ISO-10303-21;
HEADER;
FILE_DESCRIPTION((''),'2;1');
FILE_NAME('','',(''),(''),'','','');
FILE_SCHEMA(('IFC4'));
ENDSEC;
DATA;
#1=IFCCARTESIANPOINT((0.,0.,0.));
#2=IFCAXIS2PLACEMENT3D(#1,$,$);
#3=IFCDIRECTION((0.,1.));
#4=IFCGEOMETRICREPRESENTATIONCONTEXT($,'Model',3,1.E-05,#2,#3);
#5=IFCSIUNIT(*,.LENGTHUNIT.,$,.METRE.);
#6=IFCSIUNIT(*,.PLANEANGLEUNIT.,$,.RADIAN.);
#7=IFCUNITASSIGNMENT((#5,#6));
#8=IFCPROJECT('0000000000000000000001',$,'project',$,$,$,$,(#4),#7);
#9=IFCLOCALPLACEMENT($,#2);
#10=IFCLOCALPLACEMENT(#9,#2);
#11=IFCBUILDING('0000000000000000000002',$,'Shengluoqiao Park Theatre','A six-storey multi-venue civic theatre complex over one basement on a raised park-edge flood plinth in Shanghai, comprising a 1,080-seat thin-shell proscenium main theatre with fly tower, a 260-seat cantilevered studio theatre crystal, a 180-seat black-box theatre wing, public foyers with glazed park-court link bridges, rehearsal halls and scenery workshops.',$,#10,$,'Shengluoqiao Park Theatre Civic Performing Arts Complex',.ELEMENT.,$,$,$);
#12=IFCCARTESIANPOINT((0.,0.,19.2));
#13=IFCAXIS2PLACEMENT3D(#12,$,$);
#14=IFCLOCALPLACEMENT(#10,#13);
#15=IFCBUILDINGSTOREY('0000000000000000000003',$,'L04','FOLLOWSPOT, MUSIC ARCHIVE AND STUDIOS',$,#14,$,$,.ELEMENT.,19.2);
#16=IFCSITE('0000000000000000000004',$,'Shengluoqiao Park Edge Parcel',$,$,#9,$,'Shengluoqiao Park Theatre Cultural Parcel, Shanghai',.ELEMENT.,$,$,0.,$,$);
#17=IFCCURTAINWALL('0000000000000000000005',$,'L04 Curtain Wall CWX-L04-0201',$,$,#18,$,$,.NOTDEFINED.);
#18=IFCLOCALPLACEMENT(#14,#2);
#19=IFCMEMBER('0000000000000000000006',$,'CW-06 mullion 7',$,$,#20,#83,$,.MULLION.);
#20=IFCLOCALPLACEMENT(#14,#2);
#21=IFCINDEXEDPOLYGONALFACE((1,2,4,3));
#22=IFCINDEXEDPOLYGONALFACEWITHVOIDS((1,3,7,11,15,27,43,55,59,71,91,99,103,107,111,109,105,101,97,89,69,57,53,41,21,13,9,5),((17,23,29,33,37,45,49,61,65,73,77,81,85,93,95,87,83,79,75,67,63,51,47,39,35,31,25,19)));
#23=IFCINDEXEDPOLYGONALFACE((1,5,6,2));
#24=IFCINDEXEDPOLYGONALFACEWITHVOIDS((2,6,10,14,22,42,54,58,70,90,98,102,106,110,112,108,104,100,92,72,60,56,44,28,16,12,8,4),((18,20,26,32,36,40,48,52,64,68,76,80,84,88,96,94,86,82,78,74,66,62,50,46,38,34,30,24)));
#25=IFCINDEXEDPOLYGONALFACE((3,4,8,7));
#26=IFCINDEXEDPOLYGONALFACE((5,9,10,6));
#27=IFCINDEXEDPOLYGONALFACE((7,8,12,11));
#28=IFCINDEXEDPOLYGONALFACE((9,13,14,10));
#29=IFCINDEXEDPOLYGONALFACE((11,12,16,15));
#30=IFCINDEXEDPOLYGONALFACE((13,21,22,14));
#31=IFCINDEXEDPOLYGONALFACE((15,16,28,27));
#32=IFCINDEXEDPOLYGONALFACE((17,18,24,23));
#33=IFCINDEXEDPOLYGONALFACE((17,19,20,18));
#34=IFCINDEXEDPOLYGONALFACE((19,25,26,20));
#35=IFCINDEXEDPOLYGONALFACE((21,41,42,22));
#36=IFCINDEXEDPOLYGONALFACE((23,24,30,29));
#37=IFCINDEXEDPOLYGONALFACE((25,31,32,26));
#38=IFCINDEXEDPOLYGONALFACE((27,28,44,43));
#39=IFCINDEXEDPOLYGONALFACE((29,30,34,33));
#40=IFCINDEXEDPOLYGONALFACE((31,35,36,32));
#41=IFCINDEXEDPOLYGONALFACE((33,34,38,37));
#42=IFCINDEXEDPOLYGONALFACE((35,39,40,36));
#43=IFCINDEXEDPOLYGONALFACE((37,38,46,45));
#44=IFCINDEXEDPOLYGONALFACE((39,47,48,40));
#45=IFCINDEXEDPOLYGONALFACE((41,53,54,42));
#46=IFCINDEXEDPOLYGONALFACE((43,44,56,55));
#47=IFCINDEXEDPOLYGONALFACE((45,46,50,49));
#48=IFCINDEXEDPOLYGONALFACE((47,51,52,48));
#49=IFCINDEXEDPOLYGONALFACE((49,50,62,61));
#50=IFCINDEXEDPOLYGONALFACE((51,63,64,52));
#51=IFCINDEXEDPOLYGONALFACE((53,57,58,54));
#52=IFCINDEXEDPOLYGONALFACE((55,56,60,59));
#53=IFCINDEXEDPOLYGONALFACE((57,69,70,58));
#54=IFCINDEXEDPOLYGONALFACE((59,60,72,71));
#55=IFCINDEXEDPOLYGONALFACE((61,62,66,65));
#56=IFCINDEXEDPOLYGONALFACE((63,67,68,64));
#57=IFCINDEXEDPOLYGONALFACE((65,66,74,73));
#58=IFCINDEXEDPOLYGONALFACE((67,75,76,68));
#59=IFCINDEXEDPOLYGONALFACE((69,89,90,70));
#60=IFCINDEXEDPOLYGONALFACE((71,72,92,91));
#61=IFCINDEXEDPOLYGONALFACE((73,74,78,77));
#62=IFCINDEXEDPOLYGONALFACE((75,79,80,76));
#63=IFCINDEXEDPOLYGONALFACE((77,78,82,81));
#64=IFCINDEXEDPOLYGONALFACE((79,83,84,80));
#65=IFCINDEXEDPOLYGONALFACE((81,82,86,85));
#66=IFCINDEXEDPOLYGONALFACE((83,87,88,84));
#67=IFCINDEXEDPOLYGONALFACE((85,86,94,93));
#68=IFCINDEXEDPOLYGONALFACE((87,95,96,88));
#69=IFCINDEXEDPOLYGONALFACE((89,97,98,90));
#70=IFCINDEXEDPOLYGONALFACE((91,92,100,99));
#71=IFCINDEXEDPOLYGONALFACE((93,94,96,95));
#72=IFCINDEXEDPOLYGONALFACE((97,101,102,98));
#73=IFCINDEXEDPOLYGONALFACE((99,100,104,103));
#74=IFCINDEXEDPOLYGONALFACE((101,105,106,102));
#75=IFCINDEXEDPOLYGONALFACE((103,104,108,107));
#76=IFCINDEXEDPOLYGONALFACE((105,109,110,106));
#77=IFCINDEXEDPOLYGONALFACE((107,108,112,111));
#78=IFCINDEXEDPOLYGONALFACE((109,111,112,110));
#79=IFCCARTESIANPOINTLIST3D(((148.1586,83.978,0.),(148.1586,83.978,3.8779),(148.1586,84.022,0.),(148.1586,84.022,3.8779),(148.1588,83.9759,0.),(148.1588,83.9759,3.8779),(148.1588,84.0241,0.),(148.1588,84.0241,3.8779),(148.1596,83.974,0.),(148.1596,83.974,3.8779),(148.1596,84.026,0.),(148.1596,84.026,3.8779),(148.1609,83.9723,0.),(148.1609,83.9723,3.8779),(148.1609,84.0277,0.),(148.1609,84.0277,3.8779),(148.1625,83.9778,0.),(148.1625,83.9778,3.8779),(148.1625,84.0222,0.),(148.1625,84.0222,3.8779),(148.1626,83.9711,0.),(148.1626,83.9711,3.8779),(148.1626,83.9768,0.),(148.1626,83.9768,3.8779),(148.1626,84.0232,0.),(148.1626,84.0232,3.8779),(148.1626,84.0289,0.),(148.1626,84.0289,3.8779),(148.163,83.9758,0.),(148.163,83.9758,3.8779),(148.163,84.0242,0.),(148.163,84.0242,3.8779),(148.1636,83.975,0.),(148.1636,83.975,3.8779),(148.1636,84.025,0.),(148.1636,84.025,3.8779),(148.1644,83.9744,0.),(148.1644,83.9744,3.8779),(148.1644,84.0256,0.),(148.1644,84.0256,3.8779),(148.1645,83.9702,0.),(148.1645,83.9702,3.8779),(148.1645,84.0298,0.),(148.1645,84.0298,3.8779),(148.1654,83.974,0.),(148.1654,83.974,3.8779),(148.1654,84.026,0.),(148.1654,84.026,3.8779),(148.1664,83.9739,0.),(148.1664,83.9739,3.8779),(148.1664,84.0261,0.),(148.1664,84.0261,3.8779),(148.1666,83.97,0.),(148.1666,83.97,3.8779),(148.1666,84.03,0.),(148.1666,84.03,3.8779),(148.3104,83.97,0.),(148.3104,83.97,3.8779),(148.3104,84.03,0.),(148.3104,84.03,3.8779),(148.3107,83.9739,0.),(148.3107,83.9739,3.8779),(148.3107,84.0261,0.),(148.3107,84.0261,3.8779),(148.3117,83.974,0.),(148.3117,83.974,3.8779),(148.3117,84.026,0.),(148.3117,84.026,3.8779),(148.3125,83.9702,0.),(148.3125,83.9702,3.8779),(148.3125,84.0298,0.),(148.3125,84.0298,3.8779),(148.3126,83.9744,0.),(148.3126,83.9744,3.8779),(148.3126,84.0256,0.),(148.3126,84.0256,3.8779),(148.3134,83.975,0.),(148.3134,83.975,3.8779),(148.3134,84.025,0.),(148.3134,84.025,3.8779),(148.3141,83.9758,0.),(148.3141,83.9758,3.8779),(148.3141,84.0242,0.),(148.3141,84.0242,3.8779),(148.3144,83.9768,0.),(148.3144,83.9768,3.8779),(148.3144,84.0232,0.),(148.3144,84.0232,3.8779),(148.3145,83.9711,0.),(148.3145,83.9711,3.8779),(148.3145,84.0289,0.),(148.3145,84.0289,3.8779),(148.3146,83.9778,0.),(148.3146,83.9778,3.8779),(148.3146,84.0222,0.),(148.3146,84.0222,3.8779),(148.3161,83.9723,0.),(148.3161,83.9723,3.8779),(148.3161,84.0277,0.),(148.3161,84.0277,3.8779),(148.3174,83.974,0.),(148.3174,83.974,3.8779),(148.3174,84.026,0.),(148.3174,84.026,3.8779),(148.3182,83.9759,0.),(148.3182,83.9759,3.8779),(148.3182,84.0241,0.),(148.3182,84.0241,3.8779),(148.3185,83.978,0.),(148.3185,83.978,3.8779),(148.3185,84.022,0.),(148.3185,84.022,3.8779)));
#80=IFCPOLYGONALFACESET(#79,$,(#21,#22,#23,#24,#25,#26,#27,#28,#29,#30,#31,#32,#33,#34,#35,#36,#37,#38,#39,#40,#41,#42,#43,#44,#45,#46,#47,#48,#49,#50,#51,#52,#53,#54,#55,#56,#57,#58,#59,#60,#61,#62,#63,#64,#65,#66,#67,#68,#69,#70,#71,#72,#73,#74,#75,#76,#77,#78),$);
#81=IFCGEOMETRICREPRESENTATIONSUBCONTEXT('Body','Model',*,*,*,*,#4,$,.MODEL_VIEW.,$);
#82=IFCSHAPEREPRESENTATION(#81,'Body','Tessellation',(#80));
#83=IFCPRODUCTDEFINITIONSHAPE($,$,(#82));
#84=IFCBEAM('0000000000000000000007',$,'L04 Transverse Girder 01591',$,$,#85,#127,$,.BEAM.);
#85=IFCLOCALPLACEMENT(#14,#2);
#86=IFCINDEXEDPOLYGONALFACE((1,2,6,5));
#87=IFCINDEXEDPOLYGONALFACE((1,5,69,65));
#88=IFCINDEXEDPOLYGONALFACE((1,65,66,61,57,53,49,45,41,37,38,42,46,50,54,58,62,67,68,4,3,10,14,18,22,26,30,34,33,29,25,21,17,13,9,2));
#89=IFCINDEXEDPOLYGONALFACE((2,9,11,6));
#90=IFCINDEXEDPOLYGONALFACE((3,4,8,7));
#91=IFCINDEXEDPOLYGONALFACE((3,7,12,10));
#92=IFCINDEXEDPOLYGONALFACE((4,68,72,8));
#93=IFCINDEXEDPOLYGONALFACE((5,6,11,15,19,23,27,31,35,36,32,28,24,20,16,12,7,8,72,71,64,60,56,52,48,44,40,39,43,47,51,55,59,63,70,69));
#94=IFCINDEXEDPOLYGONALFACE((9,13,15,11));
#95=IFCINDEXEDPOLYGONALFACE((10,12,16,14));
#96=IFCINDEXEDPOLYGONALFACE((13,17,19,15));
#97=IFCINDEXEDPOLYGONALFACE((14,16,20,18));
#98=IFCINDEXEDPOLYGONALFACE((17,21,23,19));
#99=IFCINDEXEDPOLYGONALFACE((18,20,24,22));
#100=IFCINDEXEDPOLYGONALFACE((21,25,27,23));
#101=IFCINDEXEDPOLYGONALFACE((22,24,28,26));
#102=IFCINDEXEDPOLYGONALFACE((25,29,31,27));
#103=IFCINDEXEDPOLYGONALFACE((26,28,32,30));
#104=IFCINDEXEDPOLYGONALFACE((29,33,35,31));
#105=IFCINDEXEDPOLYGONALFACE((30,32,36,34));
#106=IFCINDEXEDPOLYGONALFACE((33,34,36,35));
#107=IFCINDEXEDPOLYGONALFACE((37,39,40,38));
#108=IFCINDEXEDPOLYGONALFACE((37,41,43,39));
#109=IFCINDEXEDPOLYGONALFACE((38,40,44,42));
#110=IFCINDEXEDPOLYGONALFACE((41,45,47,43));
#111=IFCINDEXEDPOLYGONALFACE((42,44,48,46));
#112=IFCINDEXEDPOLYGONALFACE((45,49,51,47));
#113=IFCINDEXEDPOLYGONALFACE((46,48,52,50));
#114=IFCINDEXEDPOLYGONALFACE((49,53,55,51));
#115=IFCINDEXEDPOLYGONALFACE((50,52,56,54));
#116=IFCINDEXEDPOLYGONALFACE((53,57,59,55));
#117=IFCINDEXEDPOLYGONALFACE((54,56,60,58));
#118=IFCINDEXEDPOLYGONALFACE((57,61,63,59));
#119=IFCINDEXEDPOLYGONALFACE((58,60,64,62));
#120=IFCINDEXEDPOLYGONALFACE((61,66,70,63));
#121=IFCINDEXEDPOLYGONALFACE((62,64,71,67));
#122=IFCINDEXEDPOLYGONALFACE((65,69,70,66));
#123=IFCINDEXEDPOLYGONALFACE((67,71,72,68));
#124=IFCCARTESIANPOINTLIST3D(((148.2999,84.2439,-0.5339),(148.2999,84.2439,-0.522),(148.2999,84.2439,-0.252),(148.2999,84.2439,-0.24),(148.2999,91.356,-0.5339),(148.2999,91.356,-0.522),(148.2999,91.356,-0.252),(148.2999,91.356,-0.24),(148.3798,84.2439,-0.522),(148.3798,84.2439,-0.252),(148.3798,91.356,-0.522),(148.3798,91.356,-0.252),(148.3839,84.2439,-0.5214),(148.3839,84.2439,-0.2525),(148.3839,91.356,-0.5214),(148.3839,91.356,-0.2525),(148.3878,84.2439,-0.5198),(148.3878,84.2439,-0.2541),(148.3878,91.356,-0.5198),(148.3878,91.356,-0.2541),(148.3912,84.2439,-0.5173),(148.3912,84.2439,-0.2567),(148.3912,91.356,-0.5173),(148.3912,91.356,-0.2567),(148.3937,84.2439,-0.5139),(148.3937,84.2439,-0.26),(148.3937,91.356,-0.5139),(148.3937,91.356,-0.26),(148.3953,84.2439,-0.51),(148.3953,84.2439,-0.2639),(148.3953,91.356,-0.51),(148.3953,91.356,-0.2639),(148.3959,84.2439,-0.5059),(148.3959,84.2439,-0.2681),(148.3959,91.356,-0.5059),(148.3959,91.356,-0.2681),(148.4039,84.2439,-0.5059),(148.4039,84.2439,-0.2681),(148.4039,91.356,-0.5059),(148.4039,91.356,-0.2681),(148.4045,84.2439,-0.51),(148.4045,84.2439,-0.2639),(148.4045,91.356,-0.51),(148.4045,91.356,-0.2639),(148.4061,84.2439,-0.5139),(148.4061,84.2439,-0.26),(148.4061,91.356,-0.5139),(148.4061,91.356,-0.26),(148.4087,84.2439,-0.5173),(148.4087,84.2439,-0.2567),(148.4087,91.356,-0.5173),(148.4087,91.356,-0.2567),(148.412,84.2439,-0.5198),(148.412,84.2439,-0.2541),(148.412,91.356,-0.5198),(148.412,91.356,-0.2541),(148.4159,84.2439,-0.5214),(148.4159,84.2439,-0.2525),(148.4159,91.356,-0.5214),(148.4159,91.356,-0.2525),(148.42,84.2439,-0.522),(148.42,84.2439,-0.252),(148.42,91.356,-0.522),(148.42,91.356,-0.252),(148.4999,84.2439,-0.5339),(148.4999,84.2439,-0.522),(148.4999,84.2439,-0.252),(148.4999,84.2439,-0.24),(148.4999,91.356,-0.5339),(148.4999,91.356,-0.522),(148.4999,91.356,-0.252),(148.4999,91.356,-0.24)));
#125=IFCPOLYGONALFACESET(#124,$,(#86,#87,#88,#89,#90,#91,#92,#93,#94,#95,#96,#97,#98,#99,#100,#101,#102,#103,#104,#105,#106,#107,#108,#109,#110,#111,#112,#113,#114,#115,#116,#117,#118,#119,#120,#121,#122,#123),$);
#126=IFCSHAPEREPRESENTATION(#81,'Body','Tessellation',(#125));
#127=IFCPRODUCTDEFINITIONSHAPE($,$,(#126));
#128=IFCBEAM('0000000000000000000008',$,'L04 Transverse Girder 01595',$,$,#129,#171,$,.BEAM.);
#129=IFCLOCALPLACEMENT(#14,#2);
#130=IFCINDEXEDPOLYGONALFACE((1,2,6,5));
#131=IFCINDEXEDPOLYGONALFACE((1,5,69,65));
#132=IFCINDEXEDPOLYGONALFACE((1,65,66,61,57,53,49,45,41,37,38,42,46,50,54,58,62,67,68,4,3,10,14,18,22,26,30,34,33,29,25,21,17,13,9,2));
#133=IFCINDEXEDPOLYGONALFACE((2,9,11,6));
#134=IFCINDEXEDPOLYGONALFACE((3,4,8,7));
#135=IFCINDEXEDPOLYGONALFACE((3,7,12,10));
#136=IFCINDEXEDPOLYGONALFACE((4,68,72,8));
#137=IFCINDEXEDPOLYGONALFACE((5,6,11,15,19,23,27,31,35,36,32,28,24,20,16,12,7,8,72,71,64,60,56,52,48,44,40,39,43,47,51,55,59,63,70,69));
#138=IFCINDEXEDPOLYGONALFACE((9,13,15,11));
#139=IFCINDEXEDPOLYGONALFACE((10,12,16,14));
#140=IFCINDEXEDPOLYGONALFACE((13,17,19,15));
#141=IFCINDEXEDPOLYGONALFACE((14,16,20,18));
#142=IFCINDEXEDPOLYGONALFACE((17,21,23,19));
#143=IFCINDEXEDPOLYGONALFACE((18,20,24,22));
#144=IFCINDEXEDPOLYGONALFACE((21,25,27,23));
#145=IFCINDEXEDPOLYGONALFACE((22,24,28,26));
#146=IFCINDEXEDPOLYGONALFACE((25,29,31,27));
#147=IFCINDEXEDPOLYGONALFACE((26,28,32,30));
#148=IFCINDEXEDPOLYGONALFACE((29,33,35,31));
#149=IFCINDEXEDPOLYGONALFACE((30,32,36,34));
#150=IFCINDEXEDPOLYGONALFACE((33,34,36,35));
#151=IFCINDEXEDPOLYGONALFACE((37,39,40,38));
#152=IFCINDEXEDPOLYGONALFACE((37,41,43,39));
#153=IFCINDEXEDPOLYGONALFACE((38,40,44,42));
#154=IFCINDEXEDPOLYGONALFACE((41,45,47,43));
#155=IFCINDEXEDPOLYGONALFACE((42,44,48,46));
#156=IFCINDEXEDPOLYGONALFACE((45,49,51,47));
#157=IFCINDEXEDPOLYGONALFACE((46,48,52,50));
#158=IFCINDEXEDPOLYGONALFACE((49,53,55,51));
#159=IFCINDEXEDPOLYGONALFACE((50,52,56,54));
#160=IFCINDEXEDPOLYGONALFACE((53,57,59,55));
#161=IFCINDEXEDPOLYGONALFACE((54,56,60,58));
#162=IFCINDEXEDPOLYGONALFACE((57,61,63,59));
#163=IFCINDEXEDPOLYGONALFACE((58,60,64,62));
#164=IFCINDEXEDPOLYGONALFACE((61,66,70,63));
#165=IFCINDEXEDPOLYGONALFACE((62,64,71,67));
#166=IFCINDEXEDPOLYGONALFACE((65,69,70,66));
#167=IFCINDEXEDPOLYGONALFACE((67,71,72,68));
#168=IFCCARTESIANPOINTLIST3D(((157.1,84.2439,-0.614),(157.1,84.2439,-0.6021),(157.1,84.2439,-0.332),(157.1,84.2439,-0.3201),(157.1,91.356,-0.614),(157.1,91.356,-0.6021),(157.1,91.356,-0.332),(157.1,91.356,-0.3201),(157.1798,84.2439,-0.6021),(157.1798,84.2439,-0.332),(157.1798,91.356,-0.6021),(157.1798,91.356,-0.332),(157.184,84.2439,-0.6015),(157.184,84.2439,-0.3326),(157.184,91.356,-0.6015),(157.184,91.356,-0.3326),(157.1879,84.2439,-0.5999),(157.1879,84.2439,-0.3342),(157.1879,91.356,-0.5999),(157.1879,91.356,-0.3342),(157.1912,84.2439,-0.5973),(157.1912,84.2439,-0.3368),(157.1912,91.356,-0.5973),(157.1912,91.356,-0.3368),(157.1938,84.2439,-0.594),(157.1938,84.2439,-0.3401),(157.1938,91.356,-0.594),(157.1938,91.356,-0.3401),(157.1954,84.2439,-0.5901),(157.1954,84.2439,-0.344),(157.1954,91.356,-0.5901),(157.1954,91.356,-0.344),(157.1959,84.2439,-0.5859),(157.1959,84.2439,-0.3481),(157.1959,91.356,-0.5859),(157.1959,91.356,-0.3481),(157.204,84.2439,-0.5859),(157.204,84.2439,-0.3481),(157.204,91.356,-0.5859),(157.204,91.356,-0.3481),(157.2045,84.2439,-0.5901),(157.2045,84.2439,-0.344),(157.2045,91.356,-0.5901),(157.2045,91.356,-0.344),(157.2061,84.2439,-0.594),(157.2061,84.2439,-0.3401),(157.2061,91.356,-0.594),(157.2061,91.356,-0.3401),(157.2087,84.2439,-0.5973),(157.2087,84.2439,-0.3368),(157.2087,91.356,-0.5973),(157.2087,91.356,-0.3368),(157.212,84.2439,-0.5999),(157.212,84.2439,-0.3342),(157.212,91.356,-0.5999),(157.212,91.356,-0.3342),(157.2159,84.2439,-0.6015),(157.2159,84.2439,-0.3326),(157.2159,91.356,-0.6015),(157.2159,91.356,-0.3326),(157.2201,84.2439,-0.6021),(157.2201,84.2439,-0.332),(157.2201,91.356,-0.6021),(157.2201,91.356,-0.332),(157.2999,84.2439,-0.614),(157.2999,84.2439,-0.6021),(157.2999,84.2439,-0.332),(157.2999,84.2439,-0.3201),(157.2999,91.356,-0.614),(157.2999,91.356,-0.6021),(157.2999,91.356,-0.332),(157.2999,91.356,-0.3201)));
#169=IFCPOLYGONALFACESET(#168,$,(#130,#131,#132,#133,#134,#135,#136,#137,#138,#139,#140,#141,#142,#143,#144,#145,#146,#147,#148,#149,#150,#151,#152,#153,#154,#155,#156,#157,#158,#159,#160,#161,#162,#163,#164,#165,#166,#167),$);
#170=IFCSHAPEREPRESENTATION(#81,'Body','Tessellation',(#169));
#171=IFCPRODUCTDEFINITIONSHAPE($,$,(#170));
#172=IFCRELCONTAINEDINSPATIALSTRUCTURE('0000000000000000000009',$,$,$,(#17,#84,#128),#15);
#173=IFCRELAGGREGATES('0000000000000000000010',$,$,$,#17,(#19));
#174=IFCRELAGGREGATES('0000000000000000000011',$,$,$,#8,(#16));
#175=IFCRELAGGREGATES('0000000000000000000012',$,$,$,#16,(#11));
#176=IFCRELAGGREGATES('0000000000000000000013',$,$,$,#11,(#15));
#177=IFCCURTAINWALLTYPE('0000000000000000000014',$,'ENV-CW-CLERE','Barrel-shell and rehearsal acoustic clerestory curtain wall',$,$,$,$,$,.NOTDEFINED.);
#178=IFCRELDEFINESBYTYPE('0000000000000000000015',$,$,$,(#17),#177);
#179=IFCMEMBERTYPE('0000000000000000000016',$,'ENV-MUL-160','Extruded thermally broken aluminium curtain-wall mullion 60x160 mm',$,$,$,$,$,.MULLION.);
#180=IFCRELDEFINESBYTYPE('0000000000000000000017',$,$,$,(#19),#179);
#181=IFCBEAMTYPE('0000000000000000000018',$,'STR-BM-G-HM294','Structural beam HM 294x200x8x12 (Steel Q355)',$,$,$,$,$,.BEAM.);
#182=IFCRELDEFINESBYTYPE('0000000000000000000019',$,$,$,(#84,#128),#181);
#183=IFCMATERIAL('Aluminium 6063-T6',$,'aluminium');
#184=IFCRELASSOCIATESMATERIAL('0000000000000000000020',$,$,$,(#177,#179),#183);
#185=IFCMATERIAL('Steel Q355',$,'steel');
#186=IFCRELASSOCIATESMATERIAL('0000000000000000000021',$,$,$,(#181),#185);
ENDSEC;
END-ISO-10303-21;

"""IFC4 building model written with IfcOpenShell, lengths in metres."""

from ifc_helpers import new_model, si_unit, direction, frame, origin, origin_2d, place, context, subcontext, project, spatial, hollow_rectangle, i_section, extrude, material, material_profile, profile_set, type_object, element, aggregate, save


model = new_model("IFC4")

# Units and contexts
model_context = context("Model", 3, precision=1e-05, world=origin(), true_north=direction((0.0, 1.0)))
body_context = subcontext(model_context, "Body", "Model", "MODEL_VIEW")
ifc_project = project(units=[si_unit("LENGTHUNIT", "METRE"), si_unit("PLANEANGLEUNIT", "RADIAN")], contexts=[model_context])

# Site, building, storey
site_placement = place(None, origin())
site = spatial("IfcSite", under=ifc_project, at=site_placement, Name="Shengluoqiao Park Edge Parcel", LongName="Shengluoqiao Park Theatre Cultural Parcel, Shanghai", CompositionType="ELEMENT", RefElevation=0.0)
building_placement = place(site_placement, origin())
building = spatial("IfcBuilding", under=site, at=building_placement, Name="Shengluoqiao Park Theatre", Description="A six-storey multi-venue civic theatre complex over one basement on a raised park-edge flood plinth in Shanghai, comprising a 1,080-seat thin-shell proscenium main theatre with fly tower, a 260-seat cantilevered studio theatre crystal, a 180-seat black-box theatre wing, public foyers with glazed park-court link bridges, rehearsal halls and scenery workshops.", LongName="Shengluoqiao Park Theatre Civic Performing Arts Complex", CompositionType="ELEMENT")
storey_placement = place(building_placement, frame((0.0, 0.0, 19.2)))
storey = spatial("IfcBuildingStorey", under=building, at=storey_placement, Name="L04", Description="FOLLOWSPOT, MUSIC ARCHIVE AND STUDIOS", CompositionType="ELEMENT", Elevation=19.2)

# Shared definitions
ifc_material_1 = material(Name="Steel Q355", Category="steel")

# Curtain wall, member
ifc_material_2 = material(Name="Aluminium 6063-T6", Category="aluminium")
curtain_wall_type = type_object("IfcCurtainWallType", Name="ENV-CW-CLERE", Description="Barrel-shell and rehearsal acoustic clerestory curtain wall", PredefinedType="NOTDEFINED", material=ifc_material_2)
curtain_wall_placement = place(storey_placement, origin())
curtain_wall = element("IfcCurtainWall", 1, at=curtain_wall_placement, inside=storey, type_object=curtain_wall_type, Name="L04 Curtain Wall CWX-L04-0201", PredefinedType="NOTDEFINED")
ifc_material_profile_1 = material_profile(ifc_material_2, hollow_rectangle(XDim=0.0601, YDim=0.1599, WallThickness=0.0039, InnerFilletRadius=0.0039, OuterFilletRadius=0.0081, at=origin_2d()), Name="ALU MULLION 160x60x4")
ifc_profile_set_1 = profile_set([ifc_material_profile_1], Name="Aluminium 6063-T6")
member_type = type_object("IfcMemberType", Name="ENV-MUL-160", Description="Extruded thermally broken aluminium curtain-wall mullion 60x160 mm", PredefinedType="MULLION", material=ifc_profile_set_1)
member_placement = place(storey_placement, frame((148.2385, 84.0, 0.0), z_axis=(0.0, 0.0, 1.0), x_axis=(0.0, 1.0, 0.0)))
member = element("IfcMember", 2, at=member_placement, type_object=member_type, Name="CW-06 mullion 7", PredefinedType="MULLION", context=body_context, shape_type="SweptSolid", body=[
    extrude(hollow_rectangle(XDim=0.0601, YDim=0.1599, WallThickness=0.0039, InnerFilletRadius=0.0039, OuterFilletRadius=0.0081, at=origin_2d()), origin(), (0.0, 0.0, 1.0), 3.8779),
])
aggregate(curtain_wall, [member])

# Beams
ifc_material_profile_2 = material_profile(ifc_material_1, i_section(OverallWidth=0.2, OverallDepth=0.2939, WebThickness=0.0081, FlangeThickness=0.012, FilletRadius=0.0161, at=origin_2d()), Name="HM 294x200x8x12")
ifc_profile_set_2 = profile_set([ifc_material_profile_2], Name="Steel Q355")
beam_type_1 = type_object("IfcBeamType", Name="STR-BM-G-HM294", Description="Structural beam HM 294x200x8x12 (Steel Q355)", PredefinedType="BEAM", material=ifc_profile_set_2)
for number, where, z_axis, x_axis, name in (
    (3, (148.3999, 84.2439, -0.387), (0.0, 1.0, 0.0), (-1.0, 0.0, 0.0), "L04 Transverse Girder 01591"),
    (4, (157.2, 84.2439, -0.467), (0.0, 1.0, 0.0), (-1.0, 0.0, 0.0), "L04 Transverse Girder 01595"),
):
    element("IfcBeam", number, at=place(storey_placement, frame(where, z_axis=z_axis, x_axis=x_axis)), inside=storey, type_object=beam_type_1, Name=name, PredefinedType="BEAM", context=body_context, shape_type="SweptSolid", body=[
        extrude(i_section(OverallWidth=0.2, OverallDepth=0.2939, WebThickness=0.0081, FlangeThickness=0.012, FilletRadius=0.0161, at=origin_2d()), origin(), (0.0, 0.0, 1.0), 7.1121),
    ])

save(model, "model.ifc")
